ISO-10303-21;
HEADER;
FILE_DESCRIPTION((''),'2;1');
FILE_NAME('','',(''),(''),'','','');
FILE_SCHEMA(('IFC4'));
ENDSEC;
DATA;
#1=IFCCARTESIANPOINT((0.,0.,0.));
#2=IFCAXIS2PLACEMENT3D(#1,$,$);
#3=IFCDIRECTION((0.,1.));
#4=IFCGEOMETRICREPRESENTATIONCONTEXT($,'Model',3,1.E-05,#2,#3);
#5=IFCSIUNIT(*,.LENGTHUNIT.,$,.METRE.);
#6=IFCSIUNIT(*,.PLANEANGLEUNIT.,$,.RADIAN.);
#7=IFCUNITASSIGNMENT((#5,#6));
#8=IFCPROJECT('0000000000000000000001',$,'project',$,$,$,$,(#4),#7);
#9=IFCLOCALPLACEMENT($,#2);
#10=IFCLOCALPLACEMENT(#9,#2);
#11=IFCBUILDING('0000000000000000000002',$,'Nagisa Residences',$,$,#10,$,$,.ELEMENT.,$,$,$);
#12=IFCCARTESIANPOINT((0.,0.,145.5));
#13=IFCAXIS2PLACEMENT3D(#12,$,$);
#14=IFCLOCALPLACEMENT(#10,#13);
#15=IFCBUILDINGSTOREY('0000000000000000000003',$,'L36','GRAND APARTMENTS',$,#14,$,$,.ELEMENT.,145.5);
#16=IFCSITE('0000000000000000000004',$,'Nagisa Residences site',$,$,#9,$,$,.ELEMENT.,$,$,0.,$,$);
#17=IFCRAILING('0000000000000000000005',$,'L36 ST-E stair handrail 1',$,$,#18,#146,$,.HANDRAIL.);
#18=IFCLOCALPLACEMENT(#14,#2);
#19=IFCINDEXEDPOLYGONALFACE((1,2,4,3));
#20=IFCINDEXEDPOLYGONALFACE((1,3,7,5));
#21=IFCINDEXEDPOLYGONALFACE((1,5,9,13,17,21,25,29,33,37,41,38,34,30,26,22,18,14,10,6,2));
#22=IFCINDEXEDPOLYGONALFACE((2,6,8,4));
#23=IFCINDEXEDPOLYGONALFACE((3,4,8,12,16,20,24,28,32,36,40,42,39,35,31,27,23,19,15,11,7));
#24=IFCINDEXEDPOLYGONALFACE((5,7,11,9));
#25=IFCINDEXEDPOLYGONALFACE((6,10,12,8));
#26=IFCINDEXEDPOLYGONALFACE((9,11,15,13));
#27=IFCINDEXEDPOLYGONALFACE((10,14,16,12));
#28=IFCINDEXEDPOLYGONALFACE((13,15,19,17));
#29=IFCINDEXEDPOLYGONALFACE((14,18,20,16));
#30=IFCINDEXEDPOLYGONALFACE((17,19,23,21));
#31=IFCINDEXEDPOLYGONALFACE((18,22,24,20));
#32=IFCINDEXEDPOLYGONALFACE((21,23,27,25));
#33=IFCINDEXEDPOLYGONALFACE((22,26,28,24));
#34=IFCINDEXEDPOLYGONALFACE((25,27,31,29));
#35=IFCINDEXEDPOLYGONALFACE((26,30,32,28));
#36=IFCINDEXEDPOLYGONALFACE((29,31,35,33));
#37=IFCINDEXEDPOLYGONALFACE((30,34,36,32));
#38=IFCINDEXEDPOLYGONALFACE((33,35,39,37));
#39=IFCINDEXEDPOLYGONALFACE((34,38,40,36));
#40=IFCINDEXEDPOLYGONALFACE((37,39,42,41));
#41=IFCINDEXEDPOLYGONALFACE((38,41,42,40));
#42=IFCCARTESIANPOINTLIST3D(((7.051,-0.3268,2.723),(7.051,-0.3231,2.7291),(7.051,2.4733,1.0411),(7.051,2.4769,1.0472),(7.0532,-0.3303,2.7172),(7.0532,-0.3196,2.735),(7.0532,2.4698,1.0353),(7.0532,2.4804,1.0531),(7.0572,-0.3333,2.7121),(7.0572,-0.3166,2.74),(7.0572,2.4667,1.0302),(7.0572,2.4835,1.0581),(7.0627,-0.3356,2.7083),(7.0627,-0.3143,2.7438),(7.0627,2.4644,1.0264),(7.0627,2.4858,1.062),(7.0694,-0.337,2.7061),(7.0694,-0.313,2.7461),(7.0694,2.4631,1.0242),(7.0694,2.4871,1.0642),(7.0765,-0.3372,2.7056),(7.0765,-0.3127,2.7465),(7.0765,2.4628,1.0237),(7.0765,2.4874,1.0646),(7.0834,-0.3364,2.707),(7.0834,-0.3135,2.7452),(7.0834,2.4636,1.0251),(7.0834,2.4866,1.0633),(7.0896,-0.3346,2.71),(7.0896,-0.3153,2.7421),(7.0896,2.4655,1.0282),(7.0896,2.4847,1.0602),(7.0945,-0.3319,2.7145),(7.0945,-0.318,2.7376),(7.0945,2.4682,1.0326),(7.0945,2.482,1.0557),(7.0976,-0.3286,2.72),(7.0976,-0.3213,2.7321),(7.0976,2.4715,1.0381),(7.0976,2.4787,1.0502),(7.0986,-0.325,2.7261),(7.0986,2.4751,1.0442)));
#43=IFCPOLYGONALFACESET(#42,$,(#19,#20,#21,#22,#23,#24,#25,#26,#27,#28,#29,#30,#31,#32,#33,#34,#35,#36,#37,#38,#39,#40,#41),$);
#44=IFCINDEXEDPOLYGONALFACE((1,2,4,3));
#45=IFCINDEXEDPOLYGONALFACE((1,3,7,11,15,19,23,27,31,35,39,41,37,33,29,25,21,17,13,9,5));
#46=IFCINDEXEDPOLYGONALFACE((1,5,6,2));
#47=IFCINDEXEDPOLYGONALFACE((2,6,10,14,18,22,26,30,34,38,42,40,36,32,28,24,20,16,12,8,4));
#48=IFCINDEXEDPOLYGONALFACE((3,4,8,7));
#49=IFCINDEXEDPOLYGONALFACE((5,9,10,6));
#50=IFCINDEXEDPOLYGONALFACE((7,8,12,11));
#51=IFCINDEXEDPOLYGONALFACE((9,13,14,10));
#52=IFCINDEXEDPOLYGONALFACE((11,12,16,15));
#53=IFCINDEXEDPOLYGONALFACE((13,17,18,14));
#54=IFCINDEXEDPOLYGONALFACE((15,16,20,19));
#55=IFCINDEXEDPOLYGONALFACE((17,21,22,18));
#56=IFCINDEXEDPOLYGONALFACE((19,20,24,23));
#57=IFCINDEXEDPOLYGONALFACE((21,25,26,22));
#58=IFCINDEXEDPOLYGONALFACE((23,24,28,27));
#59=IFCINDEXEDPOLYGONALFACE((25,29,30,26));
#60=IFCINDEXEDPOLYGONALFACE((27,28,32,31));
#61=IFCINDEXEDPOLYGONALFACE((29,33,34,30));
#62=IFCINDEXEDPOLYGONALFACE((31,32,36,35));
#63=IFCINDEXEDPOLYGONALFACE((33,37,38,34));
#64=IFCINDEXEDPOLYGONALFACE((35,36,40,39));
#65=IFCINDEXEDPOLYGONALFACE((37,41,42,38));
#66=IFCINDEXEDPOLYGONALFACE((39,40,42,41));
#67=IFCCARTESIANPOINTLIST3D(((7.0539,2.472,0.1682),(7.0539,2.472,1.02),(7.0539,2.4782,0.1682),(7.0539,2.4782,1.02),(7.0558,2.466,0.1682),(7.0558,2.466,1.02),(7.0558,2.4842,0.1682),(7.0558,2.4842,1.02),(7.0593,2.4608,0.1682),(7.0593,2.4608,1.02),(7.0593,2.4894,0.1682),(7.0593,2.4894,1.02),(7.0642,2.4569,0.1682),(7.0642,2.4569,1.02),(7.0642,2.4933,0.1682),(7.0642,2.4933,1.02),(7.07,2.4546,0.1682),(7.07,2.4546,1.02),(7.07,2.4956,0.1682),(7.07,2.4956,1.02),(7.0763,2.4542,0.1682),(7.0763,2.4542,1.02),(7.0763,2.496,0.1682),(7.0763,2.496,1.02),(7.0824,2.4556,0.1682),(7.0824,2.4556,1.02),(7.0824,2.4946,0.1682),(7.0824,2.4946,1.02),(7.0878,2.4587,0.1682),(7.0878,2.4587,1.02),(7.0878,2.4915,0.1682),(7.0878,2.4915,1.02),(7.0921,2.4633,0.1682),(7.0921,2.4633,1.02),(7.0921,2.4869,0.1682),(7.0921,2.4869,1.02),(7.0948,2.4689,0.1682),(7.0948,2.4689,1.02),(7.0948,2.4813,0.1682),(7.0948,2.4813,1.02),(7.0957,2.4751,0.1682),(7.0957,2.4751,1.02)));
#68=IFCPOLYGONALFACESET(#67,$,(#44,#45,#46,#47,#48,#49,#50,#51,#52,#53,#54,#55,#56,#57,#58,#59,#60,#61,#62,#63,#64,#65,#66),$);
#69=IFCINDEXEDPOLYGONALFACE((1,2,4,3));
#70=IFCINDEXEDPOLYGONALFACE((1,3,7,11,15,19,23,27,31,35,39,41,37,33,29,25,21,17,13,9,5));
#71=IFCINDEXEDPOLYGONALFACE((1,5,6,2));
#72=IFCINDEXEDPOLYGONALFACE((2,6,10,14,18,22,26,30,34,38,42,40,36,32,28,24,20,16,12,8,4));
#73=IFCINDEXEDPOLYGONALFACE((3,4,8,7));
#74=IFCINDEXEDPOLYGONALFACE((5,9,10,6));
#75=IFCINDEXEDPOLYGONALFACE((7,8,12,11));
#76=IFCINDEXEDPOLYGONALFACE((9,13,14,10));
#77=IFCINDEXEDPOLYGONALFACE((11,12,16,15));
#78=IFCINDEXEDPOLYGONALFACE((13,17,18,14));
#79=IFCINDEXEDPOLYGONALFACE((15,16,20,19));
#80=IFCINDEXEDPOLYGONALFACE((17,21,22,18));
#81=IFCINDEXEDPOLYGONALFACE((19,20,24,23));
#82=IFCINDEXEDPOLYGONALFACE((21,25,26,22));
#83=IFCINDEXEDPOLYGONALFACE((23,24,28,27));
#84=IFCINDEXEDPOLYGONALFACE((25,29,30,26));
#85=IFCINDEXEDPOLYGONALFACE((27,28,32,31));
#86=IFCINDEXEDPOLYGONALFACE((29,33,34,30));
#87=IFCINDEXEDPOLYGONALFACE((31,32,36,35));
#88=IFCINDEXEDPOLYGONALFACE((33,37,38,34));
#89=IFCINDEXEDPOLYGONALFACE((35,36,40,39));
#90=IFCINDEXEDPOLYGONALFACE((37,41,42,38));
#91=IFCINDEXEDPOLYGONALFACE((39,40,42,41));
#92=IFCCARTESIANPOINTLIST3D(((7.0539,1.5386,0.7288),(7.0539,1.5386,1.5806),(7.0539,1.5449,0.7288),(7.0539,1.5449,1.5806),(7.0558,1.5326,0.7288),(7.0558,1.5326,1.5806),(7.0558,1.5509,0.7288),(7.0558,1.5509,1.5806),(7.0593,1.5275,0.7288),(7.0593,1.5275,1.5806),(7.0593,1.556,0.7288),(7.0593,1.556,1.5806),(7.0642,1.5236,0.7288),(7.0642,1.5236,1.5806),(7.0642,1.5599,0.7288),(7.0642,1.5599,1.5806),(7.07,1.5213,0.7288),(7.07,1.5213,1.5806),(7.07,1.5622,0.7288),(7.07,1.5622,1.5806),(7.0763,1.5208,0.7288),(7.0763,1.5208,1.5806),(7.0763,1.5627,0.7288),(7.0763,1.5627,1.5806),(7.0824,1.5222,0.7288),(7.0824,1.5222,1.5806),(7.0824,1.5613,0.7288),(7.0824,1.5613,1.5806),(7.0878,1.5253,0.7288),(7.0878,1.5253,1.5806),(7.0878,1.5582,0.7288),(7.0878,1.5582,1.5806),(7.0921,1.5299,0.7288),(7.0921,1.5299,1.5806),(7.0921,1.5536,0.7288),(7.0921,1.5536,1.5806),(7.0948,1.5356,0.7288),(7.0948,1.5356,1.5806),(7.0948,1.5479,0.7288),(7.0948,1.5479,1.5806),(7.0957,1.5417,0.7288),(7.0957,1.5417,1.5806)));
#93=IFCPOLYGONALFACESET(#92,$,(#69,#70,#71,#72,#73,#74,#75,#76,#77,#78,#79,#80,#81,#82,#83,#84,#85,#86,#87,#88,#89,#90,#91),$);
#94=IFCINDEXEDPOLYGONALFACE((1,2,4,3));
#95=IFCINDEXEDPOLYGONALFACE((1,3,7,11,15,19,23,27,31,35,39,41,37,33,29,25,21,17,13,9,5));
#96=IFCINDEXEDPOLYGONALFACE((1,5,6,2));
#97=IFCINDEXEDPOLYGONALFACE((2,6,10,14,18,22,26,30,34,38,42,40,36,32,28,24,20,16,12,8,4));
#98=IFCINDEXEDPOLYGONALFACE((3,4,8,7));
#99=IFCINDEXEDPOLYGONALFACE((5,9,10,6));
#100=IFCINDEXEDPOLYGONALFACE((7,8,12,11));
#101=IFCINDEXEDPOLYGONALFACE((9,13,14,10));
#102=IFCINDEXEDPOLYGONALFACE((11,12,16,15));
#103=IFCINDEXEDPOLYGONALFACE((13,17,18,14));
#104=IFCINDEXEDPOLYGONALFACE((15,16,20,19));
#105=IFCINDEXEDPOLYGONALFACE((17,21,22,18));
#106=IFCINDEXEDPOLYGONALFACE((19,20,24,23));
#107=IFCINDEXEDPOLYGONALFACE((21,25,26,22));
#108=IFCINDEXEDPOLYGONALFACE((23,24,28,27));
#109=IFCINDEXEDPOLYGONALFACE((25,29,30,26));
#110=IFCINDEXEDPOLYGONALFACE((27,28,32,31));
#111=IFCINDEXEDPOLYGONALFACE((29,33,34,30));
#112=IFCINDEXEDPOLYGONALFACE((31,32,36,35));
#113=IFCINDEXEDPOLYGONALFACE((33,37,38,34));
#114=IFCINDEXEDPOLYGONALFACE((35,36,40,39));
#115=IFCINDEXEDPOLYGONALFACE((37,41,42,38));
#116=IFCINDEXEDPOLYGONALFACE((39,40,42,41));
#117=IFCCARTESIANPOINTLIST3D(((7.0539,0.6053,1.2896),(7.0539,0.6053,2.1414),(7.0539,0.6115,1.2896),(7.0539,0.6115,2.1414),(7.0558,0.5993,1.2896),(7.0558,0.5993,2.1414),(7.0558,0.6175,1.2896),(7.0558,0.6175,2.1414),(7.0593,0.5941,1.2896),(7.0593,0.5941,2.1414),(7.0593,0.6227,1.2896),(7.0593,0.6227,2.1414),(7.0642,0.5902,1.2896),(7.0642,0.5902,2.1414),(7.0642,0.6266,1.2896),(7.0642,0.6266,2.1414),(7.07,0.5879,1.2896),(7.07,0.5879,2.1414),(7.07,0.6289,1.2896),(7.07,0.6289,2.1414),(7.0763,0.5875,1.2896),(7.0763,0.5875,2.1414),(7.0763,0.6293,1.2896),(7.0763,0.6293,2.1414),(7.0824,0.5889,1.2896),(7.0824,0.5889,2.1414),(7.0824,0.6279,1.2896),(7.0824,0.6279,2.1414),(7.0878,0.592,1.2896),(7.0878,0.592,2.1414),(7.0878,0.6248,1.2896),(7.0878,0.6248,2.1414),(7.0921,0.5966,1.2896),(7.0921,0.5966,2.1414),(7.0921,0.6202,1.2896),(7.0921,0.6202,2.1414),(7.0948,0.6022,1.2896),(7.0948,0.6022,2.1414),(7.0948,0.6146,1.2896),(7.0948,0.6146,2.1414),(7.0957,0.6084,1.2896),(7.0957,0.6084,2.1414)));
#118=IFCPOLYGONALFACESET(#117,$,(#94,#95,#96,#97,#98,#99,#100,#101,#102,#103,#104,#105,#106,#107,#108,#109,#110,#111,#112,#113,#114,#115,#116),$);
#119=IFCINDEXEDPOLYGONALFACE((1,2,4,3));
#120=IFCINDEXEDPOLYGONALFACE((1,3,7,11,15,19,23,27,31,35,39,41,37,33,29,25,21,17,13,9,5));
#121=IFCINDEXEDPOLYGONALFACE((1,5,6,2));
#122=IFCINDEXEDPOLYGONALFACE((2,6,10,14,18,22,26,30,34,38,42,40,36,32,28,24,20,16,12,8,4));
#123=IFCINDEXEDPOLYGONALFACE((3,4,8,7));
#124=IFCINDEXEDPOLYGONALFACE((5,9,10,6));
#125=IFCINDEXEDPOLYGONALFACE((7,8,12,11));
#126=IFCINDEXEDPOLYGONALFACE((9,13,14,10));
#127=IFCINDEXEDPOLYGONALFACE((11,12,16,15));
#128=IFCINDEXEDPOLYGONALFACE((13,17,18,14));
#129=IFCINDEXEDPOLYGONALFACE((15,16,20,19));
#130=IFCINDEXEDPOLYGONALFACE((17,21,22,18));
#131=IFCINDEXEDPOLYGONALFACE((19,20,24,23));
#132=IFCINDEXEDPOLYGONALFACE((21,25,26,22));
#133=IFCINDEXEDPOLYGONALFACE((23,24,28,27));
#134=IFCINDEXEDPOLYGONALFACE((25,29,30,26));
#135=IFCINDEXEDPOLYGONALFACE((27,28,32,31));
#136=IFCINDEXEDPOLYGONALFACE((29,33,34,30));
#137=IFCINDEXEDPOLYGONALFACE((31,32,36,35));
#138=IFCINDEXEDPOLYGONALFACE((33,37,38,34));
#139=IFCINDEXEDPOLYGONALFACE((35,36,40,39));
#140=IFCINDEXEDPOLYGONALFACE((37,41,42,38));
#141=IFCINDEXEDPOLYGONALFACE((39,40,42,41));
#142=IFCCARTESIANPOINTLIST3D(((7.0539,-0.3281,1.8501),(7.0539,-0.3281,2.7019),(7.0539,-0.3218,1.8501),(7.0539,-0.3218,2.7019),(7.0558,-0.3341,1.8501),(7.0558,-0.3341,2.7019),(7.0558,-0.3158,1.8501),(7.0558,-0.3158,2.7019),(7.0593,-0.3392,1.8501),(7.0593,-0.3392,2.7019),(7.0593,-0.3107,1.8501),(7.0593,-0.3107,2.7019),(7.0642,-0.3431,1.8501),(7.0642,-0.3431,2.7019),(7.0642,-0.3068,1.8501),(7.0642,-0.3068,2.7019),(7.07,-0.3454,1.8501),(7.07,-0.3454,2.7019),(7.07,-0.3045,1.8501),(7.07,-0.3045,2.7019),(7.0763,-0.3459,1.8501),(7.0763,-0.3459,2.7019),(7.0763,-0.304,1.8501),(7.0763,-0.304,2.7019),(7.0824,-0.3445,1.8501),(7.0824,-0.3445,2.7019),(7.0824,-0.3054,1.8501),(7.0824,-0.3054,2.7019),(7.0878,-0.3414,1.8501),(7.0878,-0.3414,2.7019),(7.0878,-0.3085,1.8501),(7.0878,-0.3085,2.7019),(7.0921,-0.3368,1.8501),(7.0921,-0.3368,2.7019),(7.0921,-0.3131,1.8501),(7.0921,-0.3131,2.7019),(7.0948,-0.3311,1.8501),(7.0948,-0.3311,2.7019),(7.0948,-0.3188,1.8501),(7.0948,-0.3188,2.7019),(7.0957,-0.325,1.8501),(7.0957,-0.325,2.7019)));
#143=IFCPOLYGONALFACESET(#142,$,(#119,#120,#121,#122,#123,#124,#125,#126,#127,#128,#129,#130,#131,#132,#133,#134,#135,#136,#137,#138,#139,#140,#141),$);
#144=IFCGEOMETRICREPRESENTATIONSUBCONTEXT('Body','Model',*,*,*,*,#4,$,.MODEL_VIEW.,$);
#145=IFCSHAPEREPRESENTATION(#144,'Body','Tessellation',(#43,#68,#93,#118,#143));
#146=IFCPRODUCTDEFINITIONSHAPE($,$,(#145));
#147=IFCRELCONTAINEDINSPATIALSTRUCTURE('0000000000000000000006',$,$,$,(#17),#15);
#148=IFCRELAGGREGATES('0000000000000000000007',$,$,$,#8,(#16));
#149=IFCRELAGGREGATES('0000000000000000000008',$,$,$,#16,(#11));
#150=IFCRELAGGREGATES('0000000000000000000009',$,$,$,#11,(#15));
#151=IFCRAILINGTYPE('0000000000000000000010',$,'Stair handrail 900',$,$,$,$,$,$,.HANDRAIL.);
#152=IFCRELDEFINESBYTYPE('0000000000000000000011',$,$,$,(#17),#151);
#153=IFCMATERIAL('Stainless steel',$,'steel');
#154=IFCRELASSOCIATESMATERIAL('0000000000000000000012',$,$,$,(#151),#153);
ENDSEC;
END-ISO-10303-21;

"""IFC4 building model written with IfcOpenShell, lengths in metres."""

from ifc_helpers import new_model, si_unit, direction, frame, origin, origin_2d, place, context, subcontext, project, spatial, circle, extrude, material, type_object, element, save


model = new_model("IFC4")

# Units and contexts
model_context = context("Model", 3, precision=1e-05, world=origin(), true_north=direction((0.0, 1.0)))
body_context = subcontext(model_context, "Body", "Model", "MODEL_VIEW")
ifc_project = project(units=[si_unit("LENGTHUNIT", "METRE"), si_unit("PLANEANGLEUNIT", "RADIAN")], contexts=[model_context])

# Site, building, storey
site_placement = place(None, origin())
site = spatial("IfcSite", under=ifc_project, at=site_placement, Name="Nagisa Residences site", CompositionType="ELEMENT", RefElevation=0.0)
building_placement = place(site_placement, origin())
building = spatial("IfcBuilding", under=site, at=building_placement, Name="Nagisa Residences", CompositionType="ELEMENT")
storey_placement = place(building_placement, frame((0.0, 0.0, 145.5)))
storey = spatial("IfcBuildingStorey", under=building, at=storey_placement, Name="L36", Description="GRAND APARTMENTS", CompositionType="ELEMENT", Elevation=145.5)

# Railing
ifc_material_1 = material(Name="Stainless steel", Category="steel")
railing_type_1 = type_object("IfcRailingType", Name="Stair handrail 900", PredefinedType="HANDRAIL", material=ifc_material_1)
railing_1_placement = place(storey_placement, frame((7.0747, 2.4751, 0.1682)))
element("IfcRailing", 1, at=railing_1_placement, inside=storey, type_object=railing_type_1, Name="L36 ST-E stair handrail 1", PredefinedType="HANDRAIL", context=body_context, shape_type="SweptSolid", body=[
    extrude(circle(Radius=0.0239, at=origin_2d()), frame((0.0, 0.0, 0.876), z_axis=(0.0, -0.857242, 0.514913), x_axis=(1.0, 0.0, 0.0)), (0.0, 0.0, 1.0), 3.2664),
    extrude(circle(Radius=0.021, at=origin_2d()), origin(), (0.0, 0.0, 1.0), 0.8518),
    extrude(circle(Radius=0.021, at=origin_2d()), frame((0.0, -0.9333, 0.5605)), (0.0, 0.0, 1.0), 0.8518),
    extrude(circle(Radius=0.021, at=origin_2d()), frame((0.0, -1.8667, 1.1213)), (0.0, 0.0, 1.0), 0.8518),
    extrude(circle(Radius=0.021, at=origin_2d()), frame((0.0, -2.8, 1.6819)), (0.0, 0.0, 1.0), 0.8518),
])

save(model, "model.ifc")
